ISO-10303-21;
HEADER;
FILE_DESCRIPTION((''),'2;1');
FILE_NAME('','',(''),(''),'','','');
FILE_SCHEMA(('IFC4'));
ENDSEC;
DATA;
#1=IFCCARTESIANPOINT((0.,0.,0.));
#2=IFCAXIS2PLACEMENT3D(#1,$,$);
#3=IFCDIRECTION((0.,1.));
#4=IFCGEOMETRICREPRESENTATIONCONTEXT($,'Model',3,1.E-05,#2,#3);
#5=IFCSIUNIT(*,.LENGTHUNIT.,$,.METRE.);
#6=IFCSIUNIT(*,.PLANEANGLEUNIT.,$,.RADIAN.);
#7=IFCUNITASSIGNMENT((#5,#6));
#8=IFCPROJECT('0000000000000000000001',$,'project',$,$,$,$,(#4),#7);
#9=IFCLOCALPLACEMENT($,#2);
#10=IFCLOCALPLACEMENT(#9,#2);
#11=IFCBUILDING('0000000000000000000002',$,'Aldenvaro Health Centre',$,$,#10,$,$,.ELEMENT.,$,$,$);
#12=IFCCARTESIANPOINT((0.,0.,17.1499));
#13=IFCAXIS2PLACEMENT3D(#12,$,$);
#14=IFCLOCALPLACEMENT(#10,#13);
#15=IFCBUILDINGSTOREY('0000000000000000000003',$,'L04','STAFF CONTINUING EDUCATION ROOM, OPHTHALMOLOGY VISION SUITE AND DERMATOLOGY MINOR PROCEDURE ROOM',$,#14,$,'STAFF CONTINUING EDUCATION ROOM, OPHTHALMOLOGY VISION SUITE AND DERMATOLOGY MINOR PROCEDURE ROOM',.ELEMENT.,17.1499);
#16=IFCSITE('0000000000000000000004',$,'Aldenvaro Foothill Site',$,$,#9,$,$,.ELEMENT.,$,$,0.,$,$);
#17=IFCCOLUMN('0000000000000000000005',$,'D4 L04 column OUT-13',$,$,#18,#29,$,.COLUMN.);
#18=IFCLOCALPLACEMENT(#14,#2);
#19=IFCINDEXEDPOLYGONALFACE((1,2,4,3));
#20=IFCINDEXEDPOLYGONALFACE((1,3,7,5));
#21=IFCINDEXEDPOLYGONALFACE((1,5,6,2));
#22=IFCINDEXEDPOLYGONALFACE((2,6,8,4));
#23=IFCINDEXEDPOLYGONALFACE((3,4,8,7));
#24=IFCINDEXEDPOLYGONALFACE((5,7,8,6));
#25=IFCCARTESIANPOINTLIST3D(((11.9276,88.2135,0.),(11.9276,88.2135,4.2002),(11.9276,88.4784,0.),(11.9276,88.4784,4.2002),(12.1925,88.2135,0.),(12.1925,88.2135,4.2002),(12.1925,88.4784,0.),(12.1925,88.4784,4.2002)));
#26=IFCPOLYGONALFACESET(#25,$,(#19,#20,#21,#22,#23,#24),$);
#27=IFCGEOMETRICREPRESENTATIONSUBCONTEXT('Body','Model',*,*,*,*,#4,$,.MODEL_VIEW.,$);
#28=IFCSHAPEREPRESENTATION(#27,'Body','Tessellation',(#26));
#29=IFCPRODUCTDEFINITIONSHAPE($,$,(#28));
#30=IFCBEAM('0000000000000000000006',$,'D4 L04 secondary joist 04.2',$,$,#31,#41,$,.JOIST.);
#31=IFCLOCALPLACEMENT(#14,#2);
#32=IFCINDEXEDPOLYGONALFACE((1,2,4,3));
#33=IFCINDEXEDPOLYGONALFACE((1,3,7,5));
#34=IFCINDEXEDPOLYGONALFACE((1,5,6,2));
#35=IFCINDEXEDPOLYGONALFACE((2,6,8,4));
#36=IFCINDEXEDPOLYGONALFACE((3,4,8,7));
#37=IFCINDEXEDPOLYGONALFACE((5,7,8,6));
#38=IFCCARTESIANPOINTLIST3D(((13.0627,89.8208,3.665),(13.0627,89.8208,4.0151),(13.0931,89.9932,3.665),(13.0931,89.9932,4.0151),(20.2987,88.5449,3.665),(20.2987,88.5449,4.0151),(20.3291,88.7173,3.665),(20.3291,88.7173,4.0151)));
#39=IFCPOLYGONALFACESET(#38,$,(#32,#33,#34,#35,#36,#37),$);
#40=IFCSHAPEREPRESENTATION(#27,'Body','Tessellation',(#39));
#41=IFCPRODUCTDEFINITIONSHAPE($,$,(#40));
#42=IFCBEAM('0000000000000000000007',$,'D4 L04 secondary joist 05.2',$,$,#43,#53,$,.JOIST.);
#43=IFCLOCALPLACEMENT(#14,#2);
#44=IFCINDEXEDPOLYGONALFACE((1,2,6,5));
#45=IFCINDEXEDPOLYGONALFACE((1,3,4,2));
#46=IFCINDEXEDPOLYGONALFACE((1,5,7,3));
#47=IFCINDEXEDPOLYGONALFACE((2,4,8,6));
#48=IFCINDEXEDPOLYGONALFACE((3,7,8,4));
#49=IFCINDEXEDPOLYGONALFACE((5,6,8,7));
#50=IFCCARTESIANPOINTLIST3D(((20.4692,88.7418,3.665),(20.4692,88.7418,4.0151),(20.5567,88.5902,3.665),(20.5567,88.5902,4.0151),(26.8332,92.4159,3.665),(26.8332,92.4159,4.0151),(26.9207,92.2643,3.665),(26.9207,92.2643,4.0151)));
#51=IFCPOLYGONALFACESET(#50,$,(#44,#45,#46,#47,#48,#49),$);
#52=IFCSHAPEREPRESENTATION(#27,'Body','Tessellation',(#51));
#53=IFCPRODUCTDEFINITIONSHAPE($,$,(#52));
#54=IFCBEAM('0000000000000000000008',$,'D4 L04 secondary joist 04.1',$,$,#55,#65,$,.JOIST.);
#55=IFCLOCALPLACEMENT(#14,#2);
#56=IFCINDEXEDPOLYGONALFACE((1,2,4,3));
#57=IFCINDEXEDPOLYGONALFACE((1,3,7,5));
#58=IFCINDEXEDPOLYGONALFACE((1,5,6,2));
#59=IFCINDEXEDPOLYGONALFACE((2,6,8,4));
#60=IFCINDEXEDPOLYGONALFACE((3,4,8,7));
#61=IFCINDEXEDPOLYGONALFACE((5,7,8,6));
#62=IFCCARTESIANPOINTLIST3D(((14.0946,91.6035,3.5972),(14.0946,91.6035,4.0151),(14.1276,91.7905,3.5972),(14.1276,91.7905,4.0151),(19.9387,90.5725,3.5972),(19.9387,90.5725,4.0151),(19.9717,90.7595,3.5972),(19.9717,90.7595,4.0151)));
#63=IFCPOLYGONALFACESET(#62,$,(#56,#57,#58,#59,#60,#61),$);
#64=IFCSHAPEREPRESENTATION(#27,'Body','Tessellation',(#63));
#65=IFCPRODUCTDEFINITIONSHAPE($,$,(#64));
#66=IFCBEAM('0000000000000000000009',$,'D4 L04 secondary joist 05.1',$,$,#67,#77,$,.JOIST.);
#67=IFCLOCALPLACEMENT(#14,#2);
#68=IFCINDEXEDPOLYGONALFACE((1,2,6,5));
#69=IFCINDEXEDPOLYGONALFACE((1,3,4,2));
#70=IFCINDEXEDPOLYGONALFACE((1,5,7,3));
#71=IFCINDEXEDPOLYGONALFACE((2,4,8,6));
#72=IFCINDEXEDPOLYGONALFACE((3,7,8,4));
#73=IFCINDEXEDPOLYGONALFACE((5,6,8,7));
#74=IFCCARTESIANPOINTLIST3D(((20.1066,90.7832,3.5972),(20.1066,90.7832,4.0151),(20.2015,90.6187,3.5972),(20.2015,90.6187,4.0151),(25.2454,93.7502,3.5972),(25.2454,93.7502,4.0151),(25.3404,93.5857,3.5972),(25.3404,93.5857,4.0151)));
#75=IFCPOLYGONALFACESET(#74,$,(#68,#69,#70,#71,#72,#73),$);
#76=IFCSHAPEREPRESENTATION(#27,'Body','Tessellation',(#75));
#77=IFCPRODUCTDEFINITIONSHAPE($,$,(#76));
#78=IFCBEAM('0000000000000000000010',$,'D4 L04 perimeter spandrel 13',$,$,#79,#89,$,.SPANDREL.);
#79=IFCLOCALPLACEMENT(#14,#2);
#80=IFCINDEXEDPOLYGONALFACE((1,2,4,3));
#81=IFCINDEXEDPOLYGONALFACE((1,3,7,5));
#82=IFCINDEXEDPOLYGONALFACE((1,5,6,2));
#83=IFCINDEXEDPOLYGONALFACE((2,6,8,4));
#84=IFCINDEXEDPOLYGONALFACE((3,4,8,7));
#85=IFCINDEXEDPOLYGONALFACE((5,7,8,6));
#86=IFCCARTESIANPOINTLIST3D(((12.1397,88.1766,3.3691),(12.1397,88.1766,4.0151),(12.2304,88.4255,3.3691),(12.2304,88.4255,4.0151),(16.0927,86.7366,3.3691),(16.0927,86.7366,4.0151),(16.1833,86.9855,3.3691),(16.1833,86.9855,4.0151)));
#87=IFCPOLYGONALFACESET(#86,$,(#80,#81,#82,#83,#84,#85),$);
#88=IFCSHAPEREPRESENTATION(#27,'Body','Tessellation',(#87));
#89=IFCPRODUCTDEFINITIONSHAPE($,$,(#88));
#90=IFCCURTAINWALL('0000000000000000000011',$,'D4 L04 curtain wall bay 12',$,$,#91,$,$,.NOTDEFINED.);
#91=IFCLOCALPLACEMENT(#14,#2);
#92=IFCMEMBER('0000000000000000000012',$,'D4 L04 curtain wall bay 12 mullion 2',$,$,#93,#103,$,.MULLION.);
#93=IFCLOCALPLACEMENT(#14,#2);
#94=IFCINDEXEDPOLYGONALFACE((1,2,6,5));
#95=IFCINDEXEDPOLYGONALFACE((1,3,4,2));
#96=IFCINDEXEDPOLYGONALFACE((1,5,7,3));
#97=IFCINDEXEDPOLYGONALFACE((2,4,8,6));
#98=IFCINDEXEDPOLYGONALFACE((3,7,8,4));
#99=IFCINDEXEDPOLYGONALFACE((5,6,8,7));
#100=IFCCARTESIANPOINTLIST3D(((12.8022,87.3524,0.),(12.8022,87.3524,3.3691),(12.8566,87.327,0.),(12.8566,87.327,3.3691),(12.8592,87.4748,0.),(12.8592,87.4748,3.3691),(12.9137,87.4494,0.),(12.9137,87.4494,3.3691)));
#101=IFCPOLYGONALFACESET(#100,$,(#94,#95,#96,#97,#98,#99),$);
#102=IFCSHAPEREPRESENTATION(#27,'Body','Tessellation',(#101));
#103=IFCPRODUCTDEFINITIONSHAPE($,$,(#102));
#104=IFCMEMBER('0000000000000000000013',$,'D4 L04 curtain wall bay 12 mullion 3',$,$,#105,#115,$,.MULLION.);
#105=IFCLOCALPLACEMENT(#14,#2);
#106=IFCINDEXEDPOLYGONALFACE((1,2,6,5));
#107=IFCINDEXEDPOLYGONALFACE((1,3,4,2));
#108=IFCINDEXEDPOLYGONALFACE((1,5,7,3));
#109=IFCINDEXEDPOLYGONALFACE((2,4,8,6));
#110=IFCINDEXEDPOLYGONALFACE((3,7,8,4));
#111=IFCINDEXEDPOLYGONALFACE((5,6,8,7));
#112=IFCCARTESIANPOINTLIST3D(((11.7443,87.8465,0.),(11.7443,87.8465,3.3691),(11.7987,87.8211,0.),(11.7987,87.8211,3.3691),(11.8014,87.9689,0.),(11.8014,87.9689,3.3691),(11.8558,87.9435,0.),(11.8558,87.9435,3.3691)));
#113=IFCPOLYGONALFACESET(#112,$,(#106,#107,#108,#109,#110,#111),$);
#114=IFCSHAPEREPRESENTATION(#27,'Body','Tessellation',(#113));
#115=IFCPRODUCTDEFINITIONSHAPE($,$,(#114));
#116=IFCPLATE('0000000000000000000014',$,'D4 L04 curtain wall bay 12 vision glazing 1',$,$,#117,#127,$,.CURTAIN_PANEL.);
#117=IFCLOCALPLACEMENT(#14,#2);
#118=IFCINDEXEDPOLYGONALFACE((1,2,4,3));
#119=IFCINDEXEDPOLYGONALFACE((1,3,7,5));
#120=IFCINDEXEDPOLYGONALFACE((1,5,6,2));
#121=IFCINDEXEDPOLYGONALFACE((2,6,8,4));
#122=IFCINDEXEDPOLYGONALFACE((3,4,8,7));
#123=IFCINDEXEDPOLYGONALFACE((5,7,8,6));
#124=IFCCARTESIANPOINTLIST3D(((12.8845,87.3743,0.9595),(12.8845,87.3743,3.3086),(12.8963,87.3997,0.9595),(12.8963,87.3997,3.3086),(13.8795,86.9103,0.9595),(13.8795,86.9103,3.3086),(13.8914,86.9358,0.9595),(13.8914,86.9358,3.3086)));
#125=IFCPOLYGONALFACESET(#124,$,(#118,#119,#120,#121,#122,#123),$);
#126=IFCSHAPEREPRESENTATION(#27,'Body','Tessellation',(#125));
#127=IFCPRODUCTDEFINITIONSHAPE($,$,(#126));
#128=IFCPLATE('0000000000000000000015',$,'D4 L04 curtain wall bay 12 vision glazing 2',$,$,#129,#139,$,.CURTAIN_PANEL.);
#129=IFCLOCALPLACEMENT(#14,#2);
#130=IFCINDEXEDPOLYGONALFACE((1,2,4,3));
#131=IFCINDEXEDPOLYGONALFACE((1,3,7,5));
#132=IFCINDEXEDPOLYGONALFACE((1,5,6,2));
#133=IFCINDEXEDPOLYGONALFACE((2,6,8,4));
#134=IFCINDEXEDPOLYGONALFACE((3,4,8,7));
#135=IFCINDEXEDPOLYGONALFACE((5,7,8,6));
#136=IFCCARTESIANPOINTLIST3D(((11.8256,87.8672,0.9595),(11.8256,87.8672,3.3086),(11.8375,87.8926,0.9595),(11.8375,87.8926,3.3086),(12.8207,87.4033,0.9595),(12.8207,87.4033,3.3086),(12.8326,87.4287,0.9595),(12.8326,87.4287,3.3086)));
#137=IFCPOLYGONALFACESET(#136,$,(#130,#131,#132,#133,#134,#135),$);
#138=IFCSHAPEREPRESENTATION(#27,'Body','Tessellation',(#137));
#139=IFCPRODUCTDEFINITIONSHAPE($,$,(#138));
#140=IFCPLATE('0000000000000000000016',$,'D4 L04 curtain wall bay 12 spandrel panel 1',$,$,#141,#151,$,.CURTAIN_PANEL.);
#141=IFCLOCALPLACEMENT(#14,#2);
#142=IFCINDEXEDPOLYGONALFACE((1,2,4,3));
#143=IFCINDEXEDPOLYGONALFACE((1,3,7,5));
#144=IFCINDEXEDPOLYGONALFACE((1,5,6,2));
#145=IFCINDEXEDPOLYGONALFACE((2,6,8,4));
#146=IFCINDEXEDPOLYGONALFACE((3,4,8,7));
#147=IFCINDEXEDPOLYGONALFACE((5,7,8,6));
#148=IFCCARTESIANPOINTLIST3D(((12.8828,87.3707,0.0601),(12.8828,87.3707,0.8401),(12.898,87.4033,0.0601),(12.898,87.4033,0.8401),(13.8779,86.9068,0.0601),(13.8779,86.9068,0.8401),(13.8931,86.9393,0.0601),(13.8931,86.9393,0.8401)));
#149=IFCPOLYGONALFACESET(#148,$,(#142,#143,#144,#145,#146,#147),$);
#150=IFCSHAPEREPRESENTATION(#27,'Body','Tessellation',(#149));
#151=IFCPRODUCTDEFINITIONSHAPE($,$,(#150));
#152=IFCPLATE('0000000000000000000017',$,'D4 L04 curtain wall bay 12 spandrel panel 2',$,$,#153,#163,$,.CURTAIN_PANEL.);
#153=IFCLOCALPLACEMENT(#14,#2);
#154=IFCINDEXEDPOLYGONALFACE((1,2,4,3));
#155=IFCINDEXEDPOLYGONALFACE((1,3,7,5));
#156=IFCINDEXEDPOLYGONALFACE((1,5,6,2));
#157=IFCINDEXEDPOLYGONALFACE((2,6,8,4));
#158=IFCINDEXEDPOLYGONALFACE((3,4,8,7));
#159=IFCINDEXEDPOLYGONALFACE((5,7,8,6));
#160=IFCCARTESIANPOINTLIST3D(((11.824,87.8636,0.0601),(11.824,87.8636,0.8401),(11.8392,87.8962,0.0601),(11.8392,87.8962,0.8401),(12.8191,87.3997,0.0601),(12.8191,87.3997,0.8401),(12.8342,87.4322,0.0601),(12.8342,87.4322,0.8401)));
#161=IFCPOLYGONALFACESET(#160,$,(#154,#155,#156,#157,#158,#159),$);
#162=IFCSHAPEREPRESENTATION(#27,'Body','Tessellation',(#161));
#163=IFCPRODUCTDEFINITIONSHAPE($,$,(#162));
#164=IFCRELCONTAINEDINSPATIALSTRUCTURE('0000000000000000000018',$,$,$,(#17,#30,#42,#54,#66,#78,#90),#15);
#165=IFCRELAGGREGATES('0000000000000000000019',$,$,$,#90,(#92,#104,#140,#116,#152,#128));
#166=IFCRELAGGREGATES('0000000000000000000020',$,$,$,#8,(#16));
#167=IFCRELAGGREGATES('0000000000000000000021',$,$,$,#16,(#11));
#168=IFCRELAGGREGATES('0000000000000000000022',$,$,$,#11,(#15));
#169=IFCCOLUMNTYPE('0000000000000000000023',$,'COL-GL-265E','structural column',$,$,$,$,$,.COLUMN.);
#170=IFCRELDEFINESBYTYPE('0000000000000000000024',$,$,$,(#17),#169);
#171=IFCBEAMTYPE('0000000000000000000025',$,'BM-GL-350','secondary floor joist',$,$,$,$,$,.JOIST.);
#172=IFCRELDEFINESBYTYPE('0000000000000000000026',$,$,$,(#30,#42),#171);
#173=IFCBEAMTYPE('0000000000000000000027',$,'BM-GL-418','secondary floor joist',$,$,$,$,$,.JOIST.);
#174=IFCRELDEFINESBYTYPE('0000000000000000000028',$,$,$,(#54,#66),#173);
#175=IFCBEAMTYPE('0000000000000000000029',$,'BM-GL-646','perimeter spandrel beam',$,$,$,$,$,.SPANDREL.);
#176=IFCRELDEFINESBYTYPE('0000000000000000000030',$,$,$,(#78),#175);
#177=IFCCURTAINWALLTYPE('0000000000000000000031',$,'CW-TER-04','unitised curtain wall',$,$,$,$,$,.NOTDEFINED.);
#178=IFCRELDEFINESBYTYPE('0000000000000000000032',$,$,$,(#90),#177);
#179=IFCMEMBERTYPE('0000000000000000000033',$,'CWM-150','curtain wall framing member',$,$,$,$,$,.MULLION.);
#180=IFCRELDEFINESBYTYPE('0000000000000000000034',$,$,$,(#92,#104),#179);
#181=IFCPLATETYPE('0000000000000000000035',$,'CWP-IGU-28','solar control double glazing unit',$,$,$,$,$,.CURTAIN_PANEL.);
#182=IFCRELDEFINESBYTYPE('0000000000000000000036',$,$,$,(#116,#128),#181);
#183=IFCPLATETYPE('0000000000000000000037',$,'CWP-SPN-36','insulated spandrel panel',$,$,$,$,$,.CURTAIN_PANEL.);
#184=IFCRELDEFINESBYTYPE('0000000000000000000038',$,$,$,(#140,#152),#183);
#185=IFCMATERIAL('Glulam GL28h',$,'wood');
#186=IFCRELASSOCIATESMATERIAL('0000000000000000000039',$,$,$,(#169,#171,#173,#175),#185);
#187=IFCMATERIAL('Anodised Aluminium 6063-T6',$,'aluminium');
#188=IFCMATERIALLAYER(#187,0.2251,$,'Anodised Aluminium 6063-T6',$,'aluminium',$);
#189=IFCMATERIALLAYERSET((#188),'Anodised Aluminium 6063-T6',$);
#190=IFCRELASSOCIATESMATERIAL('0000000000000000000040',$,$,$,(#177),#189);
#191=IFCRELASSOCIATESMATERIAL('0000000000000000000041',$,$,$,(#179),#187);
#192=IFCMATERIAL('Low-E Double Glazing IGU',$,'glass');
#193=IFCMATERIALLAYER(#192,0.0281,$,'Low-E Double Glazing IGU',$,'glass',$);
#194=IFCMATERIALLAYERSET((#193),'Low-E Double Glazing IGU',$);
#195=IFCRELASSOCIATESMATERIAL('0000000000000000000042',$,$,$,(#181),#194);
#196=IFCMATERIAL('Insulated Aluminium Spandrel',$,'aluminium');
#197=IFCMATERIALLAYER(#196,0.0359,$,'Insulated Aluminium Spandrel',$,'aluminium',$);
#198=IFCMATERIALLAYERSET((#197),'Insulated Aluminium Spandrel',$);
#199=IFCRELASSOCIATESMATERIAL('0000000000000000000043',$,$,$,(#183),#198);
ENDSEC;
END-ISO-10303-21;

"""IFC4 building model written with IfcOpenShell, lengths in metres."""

from ifc_helpers import new_model, si_unit, direction, frame, origin, origin_2d, place, context, subcontext, project, spatial, rectangle, extrude, material, layer, layer_set, material_profile, profile_set, type_object, element, aggregate, save


model = new_model("IFC4")

# Units and contexts
model_context = context("Model", 3, precision=1e-05, world=origin(), true_north=direction((0.0, 1.0)))
body_context = subcontext(model_context, "Body", "Model", "MODEL_VIEW")
ifc_project = project(units=[si_unit("LENGTHUNIT", "METRE"), si_unit("PLANEANGLEUNIT", "RADIAN")], contexts=[model_context])

# Site, building, storey
site_placement = place(None, origin())
site = spatial("IfcSite", under=ifc_project, at=site_placement, Name="Aldenvaro Foothill Site", CompositionType="ELEMENT", RefElevation=0.0)
building_placement = place(site_placement, origin())
building = spatial("IfcBuilding", under=site, at=building_placement, Name="Aldenvaro Health Centre", CompositionType="ELEMENT")
storey_placement = place(building_placement, frame((0.0, 0.0, 17.1499)))
storey = spatial("IfcBuildingStorey", under=building, at=storey_placement, Name="L04", Description="STAFF CONTINUING EDUCATION ROOM, OPHTHALMOLOGY VISION SUITE AND DERMATOLOGY MINOR PROCEDURE ROOM", LongName="STAFF CONTINUING EDUCATION ROOM, OPHTHALMOLOGY VISION SUITE AND DERMATOLOGY MINOR PROCEDURE ROOM", CompositionType="ELEMENT", Elevation=17.1499)

# Column
ifc_material_1 = material(Name="Glulam GL28h", Category="wood")
ifc_material_profile_1 = material_profile(ifc_material_1, rectangle(XDim=0.2649, YDim=0.2649, at=origin_2d()), Name="GL 265x265", Category="wood")
ifc_profile_set_1 = profile_set([ifc_material_profile_1], Name="Glulam GL28h")
column_type = type_object("IfcColumnType", Name="COL-GL-265E", Description="structural column", PredefinedType="COLUMN", material=ifc_profile_set_1)
column_placement = place(storey_placement, frame((12.0601, 88.3459, 0.0), z_axis=(0.0, 0.0, 1.0), x_axis=(1.0, 0.0, 0.0)))
element("IfcColumn", 1, at=column_placement, inside=storey, type_object=column_type, Name="D4 L04 column OUT-13", PredefinedType="COLUMN", context=body_context, shape_type="SweptSolid", body=[
    extrude(rectangle(XDim=0.2649, YDim=0.2649, at=origin_2d()), origin(), (0.0, 0.0, 1.0), 4.2002),
])

# Beams
ifc_material_profile_2 = material_profile(ifc_material_1, rectangle(XDim=0.175, YDim=0.3501, at=origin_2d()), Name="GL 175x350", Category="wood")
ifc_profile_set_2 = profile_set([ifc_material_profile_2], Name="Glulam GL28h")
beam_type_1 = type_object("IfcBeamType", Name="BM-GL-350", Description="secondary floor joist", PredefinedType="JOIST", material=ifc_profile_set_2)
beam_1_placement = place(storey_placement, frame((13.0779, 89.907, 3.8401), z_axis=(0.984809, -0.173643, 0.0), x_axis=(0.173643, 0.984809, 0.0)))
element("IfcBeam", 2, at=beam_1_placement, inside=storey, type_object=beam_type_1, Name="D4 L04 secondary joist 04.2", PredefinedType="JOIST", context=body_context, shape_type="SweptSolid", body=[
    extrude(rectangle(XDim=0.175, YDim=0.3501, at=origin_2d()), origin(), (0.0, 0.0, 1.0), 7.3477),
])
beam_2_placement = place(storey_placement, frame((20.5129, 88.666, 3.8401), z_axis=(0.866037, 0.49998, 0.0), x_axis=(-0.49998, 0.866037, 0.0)))
element("IfcBeam", 3, at=beam_2_placement, inside=storey, type_object=beam_type_1, Name="D4 L04 secondary joist 05.2", PredefinedType="JOIST", context=body_context, shape_type="SweptSolid", body=[
    extrude(rectangle(XDim=0.175, YDim=0.3501, at=origin_2d()), origin(), (0.0, 0.0, 1.0), 7.3484),
])
ifc_material_profile_3 = material_profile(ifc_material_1, rectangle(XDim=0.1899, YDim=0.418, at=origin_2d()), Name="GL 190x418", Category="wood")
ifc_profile_set_3 = profile_set([ifc_material_profile_3], Name="Glulam GL28h")
beam_type_2 = type_object("IfcBeamType", Name="BM-GL-418", Description="secondary floor joist", PredefinedType="JOIST", material=ifc_profile_set_3)
beam_3_placement = place(storey_placement, frame((14.1111, 91.697, 3.8062), z_axis=(0.984792, -0.173738, 0.0), x_axis=(0.173738, 0.984792, 0.0)))
element("IfcBeam", 4, at=beam_3_placement, inside=storey, type_object=beam_type_2, Name="D4 L04 secondary joist 04.1", PredefinedType="JOIST", context=body_context, shape_type="SweptSolid", body=[
    extrude(rectangle(XDim=0.1899, YDim=0.418, at=origin_2d()), origin(), (0.0, 0.0, 1.0), 5.9343),
])
beam_4_placement = place(storey_placement, frame((20.1541, 90.7009, 3.8062), z_axis=(0.866019, 0.500011, 0.0), x_axis=(-0.500011, 0.866019, 0.0)))
element("IfcBeam", 5, at=beam_4_placement, inside=storey, type_object=beam_type_2, Name="D4 L04 secondary joist 05.1", PredefinedType="JOIST", context=body_context, shape_type="SweptSolid", body=[
    extrude(rectangle(XDim=0.1899, YDim=0.418, at=origin_2d()), origin(), (0.0, 0.0, 1.0), 5.9338),
])
ifc_material_profile_4 = material_profile(ifc_material_1, rectangle(XDim=0.2649, YDim=0.646, at=origin_2d()), Name="GL 265x646", Category="wood")
ifc_profile_set_4 = profile_set([ifc_material_profile_4], Name="Glulam GL28h")
beam_type_3 = type_object("IfcBeamType", Name="BM-GL-646", Description="perimeter spandrel beam", PredefinedType="SPANDREL", material=ifc_profile_set_4)
beam_5_placement = place(storey_placement, frame((12.1851, 88.301, 3.6921), z_axis=(0.9396, -0.342274, 0.0), x_axis=(0.342274, 0.9396, 0.0)))
element("IfcBeam", 6, at=beam_5_placement, inside=storey, type_object=beam_type_3, Name="D4 L04 perimeter spandrel 13", PredefinedType="SPANDREL", context=body_context, shape_type="SweptSolid", body=[
    extrude(rectangle(XDim=0.2649, YDim=0.646, at=origin_2d()), origin(), (0.0, 0.0, 1.0), 4.207),
])

# Curtain wall, members, plates
ifc_material_2 = material(Name="Anodised Aluminium 6063-T6", Category="aluminium")
ifc_layer_1 = layer(ifc_material_2, 0.2251, Name="Anodised Aluminium 6063-T6", Category="aluminium")
ifc_layer_set_1 = layer_set([ifc_layer_1], Name="Anodised Aluminium 6063-T6")
curtain_wall_type = type_object("IfcCurtainWallType", Name="CW-TER-04", Description="unitised curtain wall", PredefinedType="NOTDEFINED", material=ifc_layer_set_1)
curtain_wall_placement = place(storey_placement, origin())
curtain_wall = element("IfcCurtainWall", 7, at=curtain_wall_placement, inside=storey, type_object=curtain_wall_type, Name="D4 L04 curtain wall bay 12", PredefinedType="NOTDEFINED")
ifc_material_profile_5 = material_profile(ifc_material_2, rectangle(XDim=0.0601, YDim=0.135, at=origin_2d()), Name="ALU 60x135", Category="aluminium")
ifc_profile_set_5 = profile_set([ifc_material_profile_5], Name="Anodised Aluminium 6063-T6")
member_type = type_object("IfcMemberType", Name="CWM-150", Description="curtain wall framing member", PredefinedType="MULLION", material=ifc_profile_set_5)
member_1_placement = place(storey_placement, frame((12.8579, 87.4009, 0.0), z_axis=(0.0, 0.0, 1.0), x_axis=(-0.906336, 0.422557, 0.0)))
member_1 = element("IfcMember", 8, at=member_1_placement, type_object=member_type, Name="D4 L04 curtain wall bay 12 mullion 2", PredefinedType="MULLION", context=body_context, shape_type="SweptSolid", body=[
    extrude(rectangle(XDim=0.0601, YDim=0.135, at=origin_2d()), origin(), (0.0, 0.0, 1.0), 3.3691),
])
member_2_placement = place(storey_placement, frame((11.8, 87.895, 0.0), z_axis=(0.0, 0.0, 1.0), x_axis=(-0.906336, 0.422557, 0.0)))
member_2 = element("IfcMember", 9, at=member_2_placement, type_object=member_type, Name="D4 L04 curtain wall bay 12 mullion 3", PredefinedType="MULLION", context=body_context, shape_type="SweptSolid", body=[
    extrude(rectangle(XDim=0.0601, YDim=0.135, at=origin_2d()), origin(), (0.0, 0.0, 1.0), 3.3691),
])
ifc_material_3 = material(Name="Low-E Double Glazing IGU", Category="glass")
ifc_layer_2 = layer(ifc_material_3, 0.0281, Name="Low-E Double Glazing IGU", Category="glass")
ifc_layer_set_2 = layer_set([ifc_layer_2], Name="Low-E Double Glazing IGU")
plate_type_1 = type_object("IfcPlateType", Name="CWP-IGU-28", Description="solar control double glazing unit", PredefinedType="CURTAIN_PANEL", material=ifc_layer_set_2)
plate_1_placement = place(storey_placement, frame((13.3879, 87.155, 0.9595), z_axis=(0.0, 0.0, 1.0), x_axis=(-0.906336, 0.422557, 0.0)))
plate_1 = element("IfcPlate", 10, at=plate_1_placement, type_object=plate_type_1, Name="D4 L04 curtain wall bay 12 vision glazing 1", PredefinedType="CURTAIN_PANEL", context=body_context, shape_type="SweptSolid", body=[
    extrude(rectangle(XDim=1.0979, YDim=0.0281, at=origin_2d()), origin(), (0.0, 0.0, 1.0), 2.3491),
])
plate_2_placement = place(storey_placement, frame((12.3291, 87.6479, 0.9595), z_axis=(0.0, 0.0, 1.0), x_axis=(-0.906336, 0.422557, 0.0)))
plate_2 = element("IfcPlate", 11, at=plate_2_placement, type_object=plate_type_1, Name="D4 L04 curtain wall bay 12 vision glazing 2", PredefinedType="CURTAIN_PANEL", context=body_context, shape_type="SweptSolid", body=[
    extrude(rectangle(XDim=1.0979, YDim=0.0281, at=origin_2d()), origin(), (0.0, 0.0, 1.0), 2.3491),
])
ifc_material_4 = material(Name="Insulated Aluminium Spandrel", Category="aluminium")
ifc_layer_3 = layer(ifc_material_4, 0.0359, Name="Insulated Aluminium Spandrel", Category="aluminium")
ifc_layer_set_3 = layer_set([ifc_layer_3], Name="Insulated Aluminium Spandrel")
plate_type_2 = type_object("IfcPlateType", Name="CWP-SPN-36", Description="insulated spandrel panel", PredefinedType="CURTAIN_PANEL", material=ifc_layer_set_3)
plate_3_placement = place(storey_placement, frame((13.3879, 87.155, 0.0601), z_axis=(0.0, 0.0, 1.0), x_axis=(-0.906336, 0.422557, 0.0)))
plate_3 = element("IfcPlate", 12, at=plate_3_placement, type_object=plate_type_2, Name="D4 L04 curtain wall bay 12 spandrel panel 1", PredefinedType="CURTAIN_PANEL", context=body_context, shape_type="SweptSolid", body=[
    extrude(rectangle(XDim=1.0979, YDim=0.0359, at=origin_2d()), origin(), (0.0, 0.0, 1.0), 0.78),
])
plate_4_placement = place(storey_placement, frame((12.3291, 87.6479, 0.0601), z_axis=(0.0, 0.0, 1.0), x_axis=(-0.906336, 0.422557, 0.0)))
plate_4 = element("IfcPlate", 13, at=plate_4_placement, type_object=plate_type_2, Name="D4 L04 curtain wall bay 12 spandrel panel 2", PredefinedType="CURTAIN_PANEL", context=body_context, shape_type="SweptSolid", body=[
    extrude(rectangle(XDim=1.0979, YDim=0.0359, at=origin_2d()), origin(), (0.0, 0.0, 1.0), 0.78),
])
aggregate(curtain_wall, [member_1, member_2, plate_3, plate_1, plate_4, plate_2])

save(model, "model.ifc")
